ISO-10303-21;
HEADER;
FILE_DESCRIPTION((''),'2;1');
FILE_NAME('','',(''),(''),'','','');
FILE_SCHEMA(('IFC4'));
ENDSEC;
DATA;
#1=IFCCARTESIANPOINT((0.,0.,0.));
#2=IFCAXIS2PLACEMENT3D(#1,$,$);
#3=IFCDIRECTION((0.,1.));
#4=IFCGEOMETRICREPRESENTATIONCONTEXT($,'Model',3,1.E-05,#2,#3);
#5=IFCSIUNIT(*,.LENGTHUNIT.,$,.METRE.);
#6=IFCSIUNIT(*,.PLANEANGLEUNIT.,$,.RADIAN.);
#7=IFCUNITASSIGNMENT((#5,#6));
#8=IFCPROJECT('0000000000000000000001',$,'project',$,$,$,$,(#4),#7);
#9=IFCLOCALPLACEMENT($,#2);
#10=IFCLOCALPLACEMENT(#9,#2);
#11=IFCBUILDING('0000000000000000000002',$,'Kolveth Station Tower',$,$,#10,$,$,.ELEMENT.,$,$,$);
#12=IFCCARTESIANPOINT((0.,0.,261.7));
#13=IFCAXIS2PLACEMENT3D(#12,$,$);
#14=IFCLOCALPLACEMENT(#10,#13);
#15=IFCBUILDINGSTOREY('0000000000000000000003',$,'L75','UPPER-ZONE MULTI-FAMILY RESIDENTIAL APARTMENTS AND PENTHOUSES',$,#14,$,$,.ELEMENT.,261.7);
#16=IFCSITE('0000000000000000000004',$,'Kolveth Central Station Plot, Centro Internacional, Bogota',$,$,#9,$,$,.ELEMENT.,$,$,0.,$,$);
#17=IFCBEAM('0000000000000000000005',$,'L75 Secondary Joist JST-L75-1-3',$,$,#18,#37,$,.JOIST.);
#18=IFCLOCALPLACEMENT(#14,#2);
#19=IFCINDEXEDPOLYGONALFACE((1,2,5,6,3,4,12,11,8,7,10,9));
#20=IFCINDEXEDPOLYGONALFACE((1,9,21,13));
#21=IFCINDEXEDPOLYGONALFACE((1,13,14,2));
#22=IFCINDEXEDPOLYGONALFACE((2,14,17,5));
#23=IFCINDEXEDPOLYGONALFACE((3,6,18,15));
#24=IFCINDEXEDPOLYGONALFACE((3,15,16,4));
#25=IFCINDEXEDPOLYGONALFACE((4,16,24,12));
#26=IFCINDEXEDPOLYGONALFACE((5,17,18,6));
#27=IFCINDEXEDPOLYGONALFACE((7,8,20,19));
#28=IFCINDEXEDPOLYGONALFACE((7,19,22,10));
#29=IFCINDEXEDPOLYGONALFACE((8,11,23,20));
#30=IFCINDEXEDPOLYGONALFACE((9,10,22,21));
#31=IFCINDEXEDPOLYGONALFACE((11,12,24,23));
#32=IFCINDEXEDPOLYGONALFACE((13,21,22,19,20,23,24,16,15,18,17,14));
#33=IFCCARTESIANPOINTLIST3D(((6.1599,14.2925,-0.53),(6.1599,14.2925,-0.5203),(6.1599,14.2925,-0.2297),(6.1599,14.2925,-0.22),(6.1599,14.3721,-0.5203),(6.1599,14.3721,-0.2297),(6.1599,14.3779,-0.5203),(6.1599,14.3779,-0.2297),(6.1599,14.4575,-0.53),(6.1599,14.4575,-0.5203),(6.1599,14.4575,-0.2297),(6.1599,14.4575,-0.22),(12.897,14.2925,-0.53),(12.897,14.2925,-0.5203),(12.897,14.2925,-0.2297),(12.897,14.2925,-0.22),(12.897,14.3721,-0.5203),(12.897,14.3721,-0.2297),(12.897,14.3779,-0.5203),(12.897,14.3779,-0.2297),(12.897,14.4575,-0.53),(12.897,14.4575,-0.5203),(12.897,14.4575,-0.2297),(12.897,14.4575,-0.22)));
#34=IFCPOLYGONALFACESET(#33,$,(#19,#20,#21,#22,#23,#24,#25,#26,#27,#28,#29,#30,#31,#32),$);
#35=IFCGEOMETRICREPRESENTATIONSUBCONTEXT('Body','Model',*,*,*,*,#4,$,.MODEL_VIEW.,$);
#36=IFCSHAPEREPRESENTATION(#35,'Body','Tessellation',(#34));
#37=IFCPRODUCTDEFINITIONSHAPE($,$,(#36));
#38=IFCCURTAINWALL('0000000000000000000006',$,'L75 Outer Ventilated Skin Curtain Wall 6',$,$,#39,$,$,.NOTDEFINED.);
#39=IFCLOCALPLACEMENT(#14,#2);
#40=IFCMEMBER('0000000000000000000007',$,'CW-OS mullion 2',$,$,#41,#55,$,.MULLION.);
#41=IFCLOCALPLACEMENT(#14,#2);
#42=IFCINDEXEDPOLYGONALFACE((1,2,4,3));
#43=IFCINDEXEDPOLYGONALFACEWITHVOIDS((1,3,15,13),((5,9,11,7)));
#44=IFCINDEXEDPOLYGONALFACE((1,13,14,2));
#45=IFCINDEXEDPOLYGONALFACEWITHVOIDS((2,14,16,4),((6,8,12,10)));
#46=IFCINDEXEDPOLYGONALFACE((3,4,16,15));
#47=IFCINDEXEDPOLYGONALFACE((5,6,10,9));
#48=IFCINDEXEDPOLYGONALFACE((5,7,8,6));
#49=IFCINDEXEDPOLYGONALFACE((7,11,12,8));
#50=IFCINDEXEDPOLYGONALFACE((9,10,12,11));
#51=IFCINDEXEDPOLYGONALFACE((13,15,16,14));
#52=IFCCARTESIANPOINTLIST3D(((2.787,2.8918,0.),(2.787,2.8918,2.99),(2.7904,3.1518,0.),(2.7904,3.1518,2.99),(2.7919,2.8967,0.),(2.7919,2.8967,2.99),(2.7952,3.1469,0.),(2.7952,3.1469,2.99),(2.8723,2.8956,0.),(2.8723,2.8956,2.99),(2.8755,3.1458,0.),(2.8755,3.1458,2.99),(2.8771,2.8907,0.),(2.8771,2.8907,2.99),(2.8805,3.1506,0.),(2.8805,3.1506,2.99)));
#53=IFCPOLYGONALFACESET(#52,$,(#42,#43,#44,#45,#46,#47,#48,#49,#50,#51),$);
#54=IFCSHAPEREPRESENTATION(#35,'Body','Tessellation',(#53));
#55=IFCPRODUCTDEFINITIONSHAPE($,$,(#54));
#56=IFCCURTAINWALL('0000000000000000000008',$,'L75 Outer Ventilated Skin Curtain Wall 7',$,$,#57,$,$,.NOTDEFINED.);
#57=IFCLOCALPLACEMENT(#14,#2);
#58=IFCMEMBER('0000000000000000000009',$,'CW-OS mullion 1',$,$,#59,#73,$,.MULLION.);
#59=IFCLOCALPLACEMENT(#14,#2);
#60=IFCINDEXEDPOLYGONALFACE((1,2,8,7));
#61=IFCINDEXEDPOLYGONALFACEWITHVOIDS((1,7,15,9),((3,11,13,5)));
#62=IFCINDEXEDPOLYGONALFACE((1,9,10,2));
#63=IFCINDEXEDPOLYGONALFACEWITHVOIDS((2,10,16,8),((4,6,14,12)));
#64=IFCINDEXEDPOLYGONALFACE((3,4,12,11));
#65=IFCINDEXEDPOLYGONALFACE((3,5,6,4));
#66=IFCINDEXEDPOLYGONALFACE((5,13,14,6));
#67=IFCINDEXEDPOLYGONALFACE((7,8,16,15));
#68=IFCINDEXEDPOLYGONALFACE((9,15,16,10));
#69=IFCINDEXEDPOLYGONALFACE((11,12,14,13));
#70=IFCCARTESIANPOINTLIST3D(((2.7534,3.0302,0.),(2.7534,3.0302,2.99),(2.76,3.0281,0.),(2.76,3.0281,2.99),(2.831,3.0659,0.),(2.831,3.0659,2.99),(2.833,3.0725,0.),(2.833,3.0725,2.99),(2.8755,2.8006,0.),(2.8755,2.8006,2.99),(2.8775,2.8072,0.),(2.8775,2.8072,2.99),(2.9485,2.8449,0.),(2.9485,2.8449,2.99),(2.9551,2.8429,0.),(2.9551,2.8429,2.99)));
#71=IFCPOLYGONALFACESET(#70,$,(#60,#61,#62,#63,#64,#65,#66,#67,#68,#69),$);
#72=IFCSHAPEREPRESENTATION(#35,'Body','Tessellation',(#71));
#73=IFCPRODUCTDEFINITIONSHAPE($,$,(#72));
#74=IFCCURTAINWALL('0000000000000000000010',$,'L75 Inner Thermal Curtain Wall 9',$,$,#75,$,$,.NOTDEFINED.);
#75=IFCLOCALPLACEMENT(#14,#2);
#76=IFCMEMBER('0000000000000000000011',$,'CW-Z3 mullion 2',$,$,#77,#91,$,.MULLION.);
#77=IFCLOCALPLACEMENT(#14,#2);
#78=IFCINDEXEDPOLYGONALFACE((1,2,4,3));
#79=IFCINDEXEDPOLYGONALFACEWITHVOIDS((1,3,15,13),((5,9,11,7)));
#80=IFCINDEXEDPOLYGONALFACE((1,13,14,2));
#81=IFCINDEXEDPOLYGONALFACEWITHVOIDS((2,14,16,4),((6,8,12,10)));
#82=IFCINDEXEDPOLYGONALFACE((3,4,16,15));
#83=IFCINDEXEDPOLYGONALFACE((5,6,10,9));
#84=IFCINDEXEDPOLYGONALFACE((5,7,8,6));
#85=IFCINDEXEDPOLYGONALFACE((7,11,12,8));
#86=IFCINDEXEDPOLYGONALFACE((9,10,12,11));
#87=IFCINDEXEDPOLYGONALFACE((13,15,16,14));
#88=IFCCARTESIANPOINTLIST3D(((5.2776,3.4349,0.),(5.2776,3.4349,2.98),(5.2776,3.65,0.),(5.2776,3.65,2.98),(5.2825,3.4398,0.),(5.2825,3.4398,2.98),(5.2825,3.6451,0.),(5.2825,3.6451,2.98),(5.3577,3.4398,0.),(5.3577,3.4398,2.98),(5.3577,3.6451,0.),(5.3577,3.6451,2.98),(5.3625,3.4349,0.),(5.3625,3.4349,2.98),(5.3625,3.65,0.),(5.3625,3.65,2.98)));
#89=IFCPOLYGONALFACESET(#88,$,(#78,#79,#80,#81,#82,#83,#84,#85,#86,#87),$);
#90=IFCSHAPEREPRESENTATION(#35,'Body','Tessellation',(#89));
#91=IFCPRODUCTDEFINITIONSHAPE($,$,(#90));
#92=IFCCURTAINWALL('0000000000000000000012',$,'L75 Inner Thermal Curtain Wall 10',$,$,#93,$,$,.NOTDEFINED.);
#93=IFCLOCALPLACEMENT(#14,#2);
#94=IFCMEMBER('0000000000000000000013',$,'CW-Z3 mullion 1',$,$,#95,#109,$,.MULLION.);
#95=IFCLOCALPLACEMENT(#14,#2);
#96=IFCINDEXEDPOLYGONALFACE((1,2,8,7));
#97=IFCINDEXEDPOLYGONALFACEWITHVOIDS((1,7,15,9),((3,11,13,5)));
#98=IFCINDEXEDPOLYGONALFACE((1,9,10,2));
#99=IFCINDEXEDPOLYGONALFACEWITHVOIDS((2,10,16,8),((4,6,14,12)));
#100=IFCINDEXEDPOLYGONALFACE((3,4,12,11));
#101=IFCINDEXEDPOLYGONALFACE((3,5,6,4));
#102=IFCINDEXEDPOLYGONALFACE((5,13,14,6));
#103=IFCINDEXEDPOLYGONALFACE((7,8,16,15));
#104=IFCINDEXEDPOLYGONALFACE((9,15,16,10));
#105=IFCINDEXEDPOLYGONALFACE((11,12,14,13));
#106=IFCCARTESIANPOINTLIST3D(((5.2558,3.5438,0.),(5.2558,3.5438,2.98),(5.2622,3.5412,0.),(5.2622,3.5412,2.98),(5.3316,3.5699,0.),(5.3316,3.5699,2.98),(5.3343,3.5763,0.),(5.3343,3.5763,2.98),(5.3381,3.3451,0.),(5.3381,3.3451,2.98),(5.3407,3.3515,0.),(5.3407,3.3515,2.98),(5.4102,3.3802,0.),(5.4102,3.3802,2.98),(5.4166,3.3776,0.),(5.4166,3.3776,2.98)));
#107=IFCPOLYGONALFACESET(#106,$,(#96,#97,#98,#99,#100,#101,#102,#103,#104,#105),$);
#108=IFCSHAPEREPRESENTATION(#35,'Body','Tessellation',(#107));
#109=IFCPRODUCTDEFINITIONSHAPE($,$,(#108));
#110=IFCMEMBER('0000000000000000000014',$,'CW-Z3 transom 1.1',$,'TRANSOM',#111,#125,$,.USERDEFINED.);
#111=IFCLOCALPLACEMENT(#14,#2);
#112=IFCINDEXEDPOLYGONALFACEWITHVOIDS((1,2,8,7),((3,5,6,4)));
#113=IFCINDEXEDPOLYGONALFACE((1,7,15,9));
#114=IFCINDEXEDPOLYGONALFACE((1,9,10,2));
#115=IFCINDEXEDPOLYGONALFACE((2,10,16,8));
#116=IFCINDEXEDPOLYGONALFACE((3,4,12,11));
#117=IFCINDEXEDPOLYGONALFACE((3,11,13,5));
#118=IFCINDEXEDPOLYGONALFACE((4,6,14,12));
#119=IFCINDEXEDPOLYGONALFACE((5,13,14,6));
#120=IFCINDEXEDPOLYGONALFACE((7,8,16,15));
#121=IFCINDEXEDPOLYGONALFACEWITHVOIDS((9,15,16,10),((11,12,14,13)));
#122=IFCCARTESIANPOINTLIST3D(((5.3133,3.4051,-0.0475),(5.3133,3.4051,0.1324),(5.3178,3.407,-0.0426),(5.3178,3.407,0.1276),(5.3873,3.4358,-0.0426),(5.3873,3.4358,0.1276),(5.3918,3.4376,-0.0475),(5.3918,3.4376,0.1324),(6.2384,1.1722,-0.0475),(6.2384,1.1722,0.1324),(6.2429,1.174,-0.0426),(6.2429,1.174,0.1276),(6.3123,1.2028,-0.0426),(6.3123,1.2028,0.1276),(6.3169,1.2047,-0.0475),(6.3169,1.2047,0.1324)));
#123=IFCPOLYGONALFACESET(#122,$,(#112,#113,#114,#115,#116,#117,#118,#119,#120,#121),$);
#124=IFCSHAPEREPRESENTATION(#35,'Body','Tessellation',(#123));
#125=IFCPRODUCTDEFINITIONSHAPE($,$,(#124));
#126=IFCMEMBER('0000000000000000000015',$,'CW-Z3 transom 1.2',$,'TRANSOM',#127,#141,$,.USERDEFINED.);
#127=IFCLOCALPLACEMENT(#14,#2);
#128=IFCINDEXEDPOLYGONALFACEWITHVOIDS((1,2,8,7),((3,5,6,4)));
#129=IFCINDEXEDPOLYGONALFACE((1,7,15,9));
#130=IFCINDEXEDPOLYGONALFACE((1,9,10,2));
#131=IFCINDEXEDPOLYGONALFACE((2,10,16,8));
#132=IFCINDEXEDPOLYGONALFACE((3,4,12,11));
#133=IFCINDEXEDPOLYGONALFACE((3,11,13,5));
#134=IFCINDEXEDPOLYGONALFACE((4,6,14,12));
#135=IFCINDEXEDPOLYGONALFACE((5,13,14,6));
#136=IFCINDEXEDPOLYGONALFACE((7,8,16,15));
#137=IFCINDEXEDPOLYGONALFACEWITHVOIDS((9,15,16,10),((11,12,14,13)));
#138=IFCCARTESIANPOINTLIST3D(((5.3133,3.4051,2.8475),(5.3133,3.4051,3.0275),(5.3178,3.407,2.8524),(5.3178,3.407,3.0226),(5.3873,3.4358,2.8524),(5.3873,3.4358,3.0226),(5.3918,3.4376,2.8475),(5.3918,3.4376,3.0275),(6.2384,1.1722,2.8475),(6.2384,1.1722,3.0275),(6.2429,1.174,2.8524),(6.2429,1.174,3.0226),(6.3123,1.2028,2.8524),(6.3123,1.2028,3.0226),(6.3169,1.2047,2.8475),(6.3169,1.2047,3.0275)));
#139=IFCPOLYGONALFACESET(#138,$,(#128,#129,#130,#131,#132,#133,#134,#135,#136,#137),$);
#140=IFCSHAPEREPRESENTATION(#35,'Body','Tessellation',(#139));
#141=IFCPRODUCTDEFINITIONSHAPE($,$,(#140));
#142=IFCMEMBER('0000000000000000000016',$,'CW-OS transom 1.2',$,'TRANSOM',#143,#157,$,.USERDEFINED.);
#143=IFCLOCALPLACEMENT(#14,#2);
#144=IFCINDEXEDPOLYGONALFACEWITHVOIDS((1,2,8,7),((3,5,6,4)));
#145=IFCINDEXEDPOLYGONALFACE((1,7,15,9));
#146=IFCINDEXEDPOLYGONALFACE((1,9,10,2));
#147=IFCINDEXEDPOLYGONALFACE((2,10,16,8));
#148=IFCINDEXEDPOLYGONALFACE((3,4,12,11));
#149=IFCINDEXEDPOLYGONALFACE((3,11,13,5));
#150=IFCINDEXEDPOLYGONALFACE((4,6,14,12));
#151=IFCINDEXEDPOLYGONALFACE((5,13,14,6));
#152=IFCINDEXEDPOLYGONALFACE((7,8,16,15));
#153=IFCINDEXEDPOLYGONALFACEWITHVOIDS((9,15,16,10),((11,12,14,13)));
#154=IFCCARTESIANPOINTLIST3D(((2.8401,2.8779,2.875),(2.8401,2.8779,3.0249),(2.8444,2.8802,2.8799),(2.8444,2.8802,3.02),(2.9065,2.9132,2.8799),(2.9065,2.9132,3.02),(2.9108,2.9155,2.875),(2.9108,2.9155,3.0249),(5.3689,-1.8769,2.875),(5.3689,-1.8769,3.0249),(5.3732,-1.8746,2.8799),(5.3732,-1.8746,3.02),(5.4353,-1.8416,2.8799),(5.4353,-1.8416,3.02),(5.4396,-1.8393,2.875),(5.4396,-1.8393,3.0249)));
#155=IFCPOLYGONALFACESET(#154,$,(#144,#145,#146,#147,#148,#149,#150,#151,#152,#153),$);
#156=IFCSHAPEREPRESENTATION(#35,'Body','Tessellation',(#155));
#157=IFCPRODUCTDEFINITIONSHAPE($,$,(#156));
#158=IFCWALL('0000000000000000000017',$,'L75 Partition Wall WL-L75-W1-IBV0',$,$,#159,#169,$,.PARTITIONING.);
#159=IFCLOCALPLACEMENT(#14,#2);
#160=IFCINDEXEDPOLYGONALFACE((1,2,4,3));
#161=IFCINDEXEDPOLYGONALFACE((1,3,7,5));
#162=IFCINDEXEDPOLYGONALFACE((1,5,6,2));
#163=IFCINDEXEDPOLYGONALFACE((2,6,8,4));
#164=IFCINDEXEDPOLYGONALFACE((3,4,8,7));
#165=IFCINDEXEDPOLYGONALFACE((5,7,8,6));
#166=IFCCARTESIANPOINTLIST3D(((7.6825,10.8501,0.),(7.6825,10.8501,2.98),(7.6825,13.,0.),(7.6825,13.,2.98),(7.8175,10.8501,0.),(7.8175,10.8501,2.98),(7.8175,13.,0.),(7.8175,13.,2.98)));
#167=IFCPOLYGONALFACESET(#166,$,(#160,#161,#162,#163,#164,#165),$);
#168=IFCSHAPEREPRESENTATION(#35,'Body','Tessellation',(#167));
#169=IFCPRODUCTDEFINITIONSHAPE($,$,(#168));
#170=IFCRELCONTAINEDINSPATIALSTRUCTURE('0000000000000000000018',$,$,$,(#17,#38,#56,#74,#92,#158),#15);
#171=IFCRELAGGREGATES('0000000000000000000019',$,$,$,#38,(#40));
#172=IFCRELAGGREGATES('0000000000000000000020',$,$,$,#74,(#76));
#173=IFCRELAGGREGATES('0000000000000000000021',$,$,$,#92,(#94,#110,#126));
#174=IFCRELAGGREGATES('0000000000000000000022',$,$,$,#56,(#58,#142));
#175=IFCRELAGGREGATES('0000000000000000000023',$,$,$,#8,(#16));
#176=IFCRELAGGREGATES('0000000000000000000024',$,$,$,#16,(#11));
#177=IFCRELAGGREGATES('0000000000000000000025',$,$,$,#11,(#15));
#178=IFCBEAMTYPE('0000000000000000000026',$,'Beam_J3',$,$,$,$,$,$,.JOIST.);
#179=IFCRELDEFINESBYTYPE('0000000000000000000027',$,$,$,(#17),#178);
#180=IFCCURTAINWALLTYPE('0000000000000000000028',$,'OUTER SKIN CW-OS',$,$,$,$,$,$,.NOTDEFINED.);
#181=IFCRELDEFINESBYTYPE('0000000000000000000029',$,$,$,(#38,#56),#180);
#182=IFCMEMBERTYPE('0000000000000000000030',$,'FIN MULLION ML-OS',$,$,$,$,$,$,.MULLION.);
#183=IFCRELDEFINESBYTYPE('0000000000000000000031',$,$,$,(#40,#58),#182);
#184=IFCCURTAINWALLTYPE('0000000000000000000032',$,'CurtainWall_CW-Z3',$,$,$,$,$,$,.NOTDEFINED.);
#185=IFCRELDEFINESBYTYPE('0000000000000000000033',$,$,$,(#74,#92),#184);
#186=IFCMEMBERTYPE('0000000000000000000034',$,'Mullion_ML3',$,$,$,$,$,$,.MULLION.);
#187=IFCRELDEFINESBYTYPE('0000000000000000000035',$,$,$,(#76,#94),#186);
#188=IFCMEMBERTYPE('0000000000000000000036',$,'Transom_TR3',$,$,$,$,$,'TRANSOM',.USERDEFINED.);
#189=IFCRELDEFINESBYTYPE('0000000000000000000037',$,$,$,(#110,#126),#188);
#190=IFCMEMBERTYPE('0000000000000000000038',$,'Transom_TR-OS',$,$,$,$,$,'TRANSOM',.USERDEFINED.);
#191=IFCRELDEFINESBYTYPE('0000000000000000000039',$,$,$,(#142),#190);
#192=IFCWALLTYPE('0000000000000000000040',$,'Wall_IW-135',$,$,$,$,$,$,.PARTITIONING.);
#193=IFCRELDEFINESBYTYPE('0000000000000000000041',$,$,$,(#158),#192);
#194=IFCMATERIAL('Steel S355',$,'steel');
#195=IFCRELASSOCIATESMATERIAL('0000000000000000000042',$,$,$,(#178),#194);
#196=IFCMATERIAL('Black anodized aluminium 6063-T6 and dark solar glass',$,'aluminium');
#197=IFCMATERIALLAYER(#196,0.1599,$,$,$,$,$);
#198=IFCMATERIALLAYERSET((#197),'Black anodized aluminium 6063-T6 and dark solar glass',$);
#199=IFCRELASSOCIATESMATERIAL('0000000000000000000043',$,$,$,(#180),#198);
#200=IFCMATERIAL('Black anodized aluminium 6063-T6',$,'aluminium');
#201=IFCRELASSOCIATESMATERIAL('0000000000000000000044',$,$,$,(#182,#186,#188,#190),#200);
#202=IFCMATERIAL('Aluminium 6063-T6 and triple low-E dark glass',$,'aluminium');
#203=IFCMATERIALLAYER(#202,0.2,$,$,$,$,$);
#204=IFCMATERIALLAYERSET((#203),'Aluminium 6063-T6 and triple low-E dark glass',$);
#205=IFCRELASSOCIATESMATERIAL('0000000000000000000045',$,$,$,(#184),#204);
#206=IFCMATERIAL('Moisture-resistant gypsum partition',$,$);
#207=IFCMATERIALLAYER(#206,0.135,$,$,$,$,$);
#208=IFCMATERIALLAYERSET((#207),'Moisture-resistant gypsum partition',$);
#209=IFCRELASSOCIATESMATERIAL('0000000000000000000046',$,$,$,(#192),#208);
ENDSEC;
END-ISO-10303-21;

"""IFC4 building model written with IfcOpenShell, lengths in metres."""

from ifc_helpers import new_model, si_unit, direction, frame, frame_2d, origin, origin_2d, place, context, subcontext, project, spatial, rectangle, hollow_rectangle, i_section, extrude, source, transform, mapped, material, layer, layer_set, material_profile, profile_set, type_object, element, aggregate, save


model = new_model("IFC4")

# Units and contexts
model_context = context("Model", 3, precision=1e-05, world=origin(), true_north=direction((0.0, 1.0)))
body_context = subcontext(model_context, "Body", "Model", "MODEL_VIEW")
ifc_project = project(units=[si_unit("LENGTHUNIT", "METRE"), si_unit("PLANEANGLEUNIT", "RADIAN")], contexts=[model_context])

# Site, building, storey
site_placement = place(None, origin())
site = spatial("IfcSite", under=ifc_project, at=site_placement, Name="Kolveth Central Station Plot, Centro Internacional, Bogota", CompositionType="ELEMENT", RefElevation=0.0)
building_placement = place(site_placement, origin())
building = spatial("IfcBuilding", under=site, at=building_placement, Name="Kolveth Station Tower", CompositionType="ELEMENT")
storey_placement = place(building_placement, frame((0.0, 0.0, 261.7)))
storey = spatial("IfcBuildingStorey", under=building, at=storey_placement, Name="L75", Description="UPPER-ZONE MULTI-FAMILY RESIDENTIAL APARTMENTS AND PENTHOUSES", CompositionType="ELEMENT", Elevation=261.7)

# Shared definitions
ifc_material_1 = material(Name="Steel S355", Category="steel")

# Beam
ifc_material_profile_1 = material_profile(ifc_material_1, i_section(OverallWidth=0.165, OverallDepth=0.3101, WebThickness=0.0059, FlangeThickness=0.0098, at=origin_2d()), Name="W310x39")
ifc_profile_set_1 = profile_set([ifc_material_profile_1], Name="Steel S355")
beam_type_1 = type_object("IfcBeamType", Name="Beam_J3", PredefinedType="JOIST", material=ifc_profile_set_1)
shared_shape_1 = source(origin(), body_context, "Body", "SweptSolid", [
    extrude(i_section(OverallWidth=0.165, OverallDepth=0.3101, WebThickness=0.0059, FlangeThickness=0.0098, at=origin_2d()), origin(), (0.0, 0.0, 1.0), 6.7371),
])
for number, where, z_axis, x_axis, name in (
    (1, (6.1599, 14.375, -0.375), (1.0, 0.0, 0.0), (0.0, 1.0, 0.0), "L75 Secondary Joist JST-L75-1-3"),
):
    element("IfcBeam", number, at=place(storey_placement, frame(where, z_axis=z_axis, x_axis=x_axis)), inside=storey, type_object=beam_type_1, Name=name, PredefinedType="JOIST", context=body_context, shape_type="MappedRepresentation", body=[
        mapped(shared_shape_1, transform((0.0, 0.0, 0.0), x_axis=(1.0, 0.0, 0.0), y_axis=(0.0, 1.0, 0.0), z_axis=(0.0, 0.0, 1.0), scale=1.0)),
    ])

# Curtain walls, members
ifc_material_2 = material(Name="Black anodized aluminium 6063-T6 and dark solar glass", Category="aluminium")
ifc_layer_1 = layer(ifc_material_2, 0.1599)
ifc_layer_set_1 = layer_set([ifc_layer_1], Name="Black anodized aluminium 6063-T6 and dark solar glass")
curtain_wall_type_1 = type_object("IfcCurtainWallType", Name="OUTER SKIN CW-OS", PredefinedType="NOTDEFINED", material=ifc_layer_set_1)
curtain_wall_1_placement = place(storey_placement, origin())
curtain_wall_1 = element("IfcCurtainWall", 2, at=curtain_wall_1_placement, inside=storey, type_object=curtain_wall_type_1, Name="L75 Outer Ventilated Skin Curtain Wall 6", PredefinedType="NOTDEFINED")
ifc_material_3 = material(Name="Black anodized aluminium 6063-T6", Category="aluminium")
ifc_material_profile_2 = material_profile(ifc_material_3, hollow_rectangle(XDim=0.0901, YDim=0.26, WallThickness=0.0049, at=origin_2d()), Name="ALU-90x260x5")
ifc_profile_set_2 = profile_set([ifc_material_profile_2], Name="Black anodized aluminium 6063-T6")
member_type_1 = type_object("IfcMemberType", Name="FIN MULLION ML-OS", PredefinedType="MULLION", material=ifc_profile_set_2)
shared_shape_2 = source(origin(), body_context, "Body", "SweptSolid", [
    extrude(hollow_rectangle(XDim=0.0901, YDim=0.26, WallThickness=0.0049, at=origin_2d()), origin(), (0.0, 0.0, 1.0), 2.99),
])
member_1_placement = place(storey_placement, frame((2.8337, 3.0212, 0.0), z_axis=(0.0, 0.0, 1.0), x_axis=(0.999914, -0.01311, 0.0)))
member_1 = element("IfcMember", 3, at=member_1_placement, type_object=member_type_1, Name="CW-OS mullion 2", PredefinedType="MULLION", context=body_context, shape_type="MappedRepresentation", body=[
    mapped(shared_shape_2, transform((0.0, 0.0, 0.0), x_axis=(1.0, 0.0, 0.0), y_axis=(0.0, 1.0, 0.0), z_axis=(0.0, 0.0, 1.0), scale=1.0)),
])
aggregate(curtain_wall_1, [member_1])
curtain_wall_2_placement = place(storey_placement, origin())
curtain_wall_2 = element("IfcCurtainWall", 4, at=curtain_wall_2_placement, inside=storey, type_object=curtain_wall_type_1, Name="L75 Outer Ventilated Skin Curtain Wall 7", PredefinedType="NOTDEFINED")
member_2_placement = place(storey_placement, frame((2.8542, 2.9365, 0.0), z_axis=(0.0, 0.0, 1.0), x_axis=(0.8829, 0.46956, 0.0)))
member_2 = element("IfcMember", 5, at=member_2_placement, type_object=member_type_1, Name="CW-OS mullion 1", PredefinedType="MULLION", context=body_context, shape_type="MappedRepresentation", body=[
    mapped(shared_shape_2, transform((0.0, 0.0, 0.0), x_axis=(1.0, 0.0, 0.0), y_axis=(0.0, 1.0, 0.0), z_axis=(0.0, 0.0, 1.0), scale=1.0)),
])
ifc_material_4 = material(Name="Aluminium 6063-T6 and triple low-E dark glass", Category="aluminium")
ifc_layer_2 = layer(ifc_material_4, 0.2)
ifc_layer_set_2 = layer_set([ifc_layer_2], Name="Aluminium 6063-T6 and triple low-E dark glass")
curtain_wall_type_2 = type_object("IfcCurtainWallType", Name="CurtainWall_CW-Z3", PredefinedType="NOTDEFINED", material=ifc_layer_set_2)
curtain_wall_3_placement = place(storey_placement, origin())
curtain_wall_3 = element("IfcCurtainWall", 6, at=curtain_wall_3_placement, inside=storey, type_object=curtain_wall_type_2, Name="L75 Inner Thermal Curtain Wall 9", PredefinedType="NOTDEFINED")
ifc_material_profile_3 = material_profile(ifc_material_3, hollow_rectangle(XDim=0.085, YDim=0.2151, WallThickness=0.0049, at=origin_2d()), Name="ALU-85x215x5")
ifc_profile_set_3 = profile_set([ifc_material_profile_3], Name="Black anodized aluminium 6063-T6")
member_type_2 = type_object("IfcMemberType", Name="Mullion_ML3", PredefinedType="MULLION", material=ifc_profile_set_3)
shared_shape_3 = source(origin(), body_context, "Body", "SweptSolid", [
    extrude(hollow_rectangle(XDim=0.085, YDim=0.2151, WallThickness=0.0049, at=origin_2d()), origin(), (0.0, 0.0, 1.0), 2.98),
])
member_3_placement = place(storey_placement, frame((5.3201, 3.5425, 0.0), z_axis=(0.0, 0.0, 1.0), x_axis=(1.0, 0.0, 0.0)))
member_3 = element("IfcMember", 7, at=member_3_placement, type_object=member_type_2, Name="CW-Z3 mullion 2", PredefinedType="MULLION", context=body_context, shape_type="MappedRepresentation", body=[
    mapped(shared_shape_3, transform((0.0, 0.0, 0.0), x_axis=(1.0, 0.0, 0.0), y_axis=(0.0, 1.0, 0.0), z_axis=(0.0, 0.0, 1.0), scale=1.0)),
])
aggregate(curtain_wall_3, [member_3])

# Curtain wall, members
curtain_wall_4_placement = place(storey_placement, origin())
curtain_wall_4 = element("IfcCurtainWall", 8, at=curtain_wall_4_placement, inside=storey, type_object=curtain_wall_type_2, Name="L75 Inner Thermal Curtain Wall 10", PredefinedType="NOTDEFINED")
member_4_placement = place(storey_placement, frame((5.3362, 3.4607, 0.0), z_axis=(0.0, 0.0, 1.0), x_axis=(0.923875, 0.382693, 0.0)))
member_4 = element("IfcMember", 9, at=member_4_placement, type_object=member_type_2, Name="CW-Z3 mullion 1", PredefinedType="MULLION", context=body_context, shape_type="MappedRepresentation", body=[
    mapped(shared_shape_3, transform((0.0, 0.0, 0.0), x_axis=(1.0, 0.0, 0.0), y_axis=(0.0, 1.0, 0.0), z_axis=(0.0, 0.0, 1.0), scale=1.0)),
])
ifc_material_profile_4 = material_profile(ifc_material_3, hollow_rectangle(XDim=0.085, YDim=0.1799, WallThickness=0.0049, at=origin_2d()), Name="ALU-85x180x5")
ifc_profile_set_4 = profile_set([ifc_material_profile_4], Name="Black anodized aluminium 6063-T6")
member_type_3 = type_object("IfcMemberType", Name="Transom_TR3", ElementType="TRANSOM", PredefinedType="USERDEFINED", material=ifc_profile_set_4)
shared_shape_4 = source(origin(), body_context, "Body", "SweptSolid", [
    extrude(hollow_rectangle(XDim=0.085, YDim=0.1799, WallThickness=0.0049, at=origin_2d()), origin(), (0.0, 0.0, 1.0), 2.417),
])
member_5_placement = place(storey_placement, frame((5.3525, 3.4214, 0.0425), z_axis=(0.382735, -0.923858, 0.0), x_axis=(0.923858, 0.382735, 0.0)))
member_5 = element("IfcMember", 10, at=member_5_placement, type_object=member_type_3, Name="CW-Z3 transom 1.1", ObjectType="TRANSOM", PredefinedType="USERDEFINED", context=body_context, shape_type="MappedRepresentation", body=[
    mapped(shared_shape_4, transform((0.0, 0.0, 0.0), x_axis=(1.0, 0.0, 0.0), y_axis=(0.0, 1.0, 0.0), z_axis=(0.0, 0.0, 1.0), scale=1.0)),
])
member_6_placement = place(storey_placement, frame((5.3525, 3.4214, 2.9375), z_axis=(0.382735, -0.923858, 0.0), x_axis=(0.923858, 0.382735, 0.0)))
member_6 = element("IfcMember", 11, at=member_6_placement, type_object=member_type_3, Name="CW-Z3 transom 1.2", ObjectType="TRANSOM", PredefinedType="USERDEFINED", context=body_context, shape_type="MappedRepresentation", body=[
    mapped(shared_shape_4, transform((0.0, 0.0, 0.0), x_axis=(1.0, 0.0, 0.0), y_axis=(0.0, 1.0, 0.0), z_axis=(0.0, 0.0, 1.0), scale=1.0)),
])
aggregate(curtain_wall_4, [member_4, member_5, member_6])

# Member
ifc_material_profile_5 = material_profile(ifc_material_3, hollow_rectangle(XDim=0.0801, YDim=0.1499, WallThickness=0.0049, at=origin_2d()), Name="ALU-80x150x5")
ifc_profile_set_5 = profile_set([ifc_material_profile_5], Name="Black anodized aluminium 6063-T6")
member_type_4 = type_object("IfcMemberType", Name="Transom_TR-OS", ElementType="TRANSOM", PredefinedType="USERDEFINED", material=ifc_profile_set_5)
shared_shape_5 = source(origin(), body_context, "Body", "SweptSolid", [
    extrude(hollow_rectangle(XDim=0.0801, YDim=0.1499, WallThickness=0.0049, at=origin_2d()), origin(), (0.0, 0.0, 1.0), 5.3855),
])
member_7_placement = place(storey_placement, frame((2.8755, 2.8967, 2.95), z_axis=(0.469557, -0.882902, 0.0), x_axis=(0.882902, 0.469557, 0.0)))
member_7 = element("IfcMember", 12, at=member_7_placement, type_object=member_type_4, Name="CW-OS transom 1.2", ObjectType="TRANSOM", PredefinedType="USERDEFINED", context=body_context, shape_type="MappedRepresentation", body=[
    mapped(shared_shape_5, transform((0.0, 0.0, 0.0), x_axis=(1.0, 0.0, 0.0), y_axis=(0.0, 1.0, 0.0), z_axis=(0.0, 0.0, 1.0), scale=1.0)),
])
aggregate(curtain_wall_2, [member_2, member_7])

# Wall
ifc_material_5 = material(Name="Moisture-resistant gypsum partition")
ifc_layer_3 = layer(ifc_material_5, 0.135)
ifc_layer_set_3 = layer_set([ifc_layer_3], Name="Moisture-resistant gypsum partition")
wall_type_1 = type_object("IfcWallType", Name="Wall_IW-135", PredefinedType="PARTITIONING", material=ifc_layer_set_3)
wall_1_placement = place(storey_placement, frame((7.75, 10.8501, 0.0), z_axis=(0.0, 0.0, 1.0), x_axis=(0.0, 1.0, 0.0)))
element("IfcWall", 13, at=wall_1_placement, inside=storey, type_object=wall_type_1, Name="L75 Partition Wall WL-L75-W1-IBV0", PredefinedType="PARTITIONING", context=body_context, shape_type="SweptSolid", body=[
    extrude(rectangle(XDim=2.1499, YDim=0.135, at=frame_2d((1.075, 0.0))), origin(), (0.0, 0.0, 1.0), 2.98),
])

save(model, "model.ifc")
